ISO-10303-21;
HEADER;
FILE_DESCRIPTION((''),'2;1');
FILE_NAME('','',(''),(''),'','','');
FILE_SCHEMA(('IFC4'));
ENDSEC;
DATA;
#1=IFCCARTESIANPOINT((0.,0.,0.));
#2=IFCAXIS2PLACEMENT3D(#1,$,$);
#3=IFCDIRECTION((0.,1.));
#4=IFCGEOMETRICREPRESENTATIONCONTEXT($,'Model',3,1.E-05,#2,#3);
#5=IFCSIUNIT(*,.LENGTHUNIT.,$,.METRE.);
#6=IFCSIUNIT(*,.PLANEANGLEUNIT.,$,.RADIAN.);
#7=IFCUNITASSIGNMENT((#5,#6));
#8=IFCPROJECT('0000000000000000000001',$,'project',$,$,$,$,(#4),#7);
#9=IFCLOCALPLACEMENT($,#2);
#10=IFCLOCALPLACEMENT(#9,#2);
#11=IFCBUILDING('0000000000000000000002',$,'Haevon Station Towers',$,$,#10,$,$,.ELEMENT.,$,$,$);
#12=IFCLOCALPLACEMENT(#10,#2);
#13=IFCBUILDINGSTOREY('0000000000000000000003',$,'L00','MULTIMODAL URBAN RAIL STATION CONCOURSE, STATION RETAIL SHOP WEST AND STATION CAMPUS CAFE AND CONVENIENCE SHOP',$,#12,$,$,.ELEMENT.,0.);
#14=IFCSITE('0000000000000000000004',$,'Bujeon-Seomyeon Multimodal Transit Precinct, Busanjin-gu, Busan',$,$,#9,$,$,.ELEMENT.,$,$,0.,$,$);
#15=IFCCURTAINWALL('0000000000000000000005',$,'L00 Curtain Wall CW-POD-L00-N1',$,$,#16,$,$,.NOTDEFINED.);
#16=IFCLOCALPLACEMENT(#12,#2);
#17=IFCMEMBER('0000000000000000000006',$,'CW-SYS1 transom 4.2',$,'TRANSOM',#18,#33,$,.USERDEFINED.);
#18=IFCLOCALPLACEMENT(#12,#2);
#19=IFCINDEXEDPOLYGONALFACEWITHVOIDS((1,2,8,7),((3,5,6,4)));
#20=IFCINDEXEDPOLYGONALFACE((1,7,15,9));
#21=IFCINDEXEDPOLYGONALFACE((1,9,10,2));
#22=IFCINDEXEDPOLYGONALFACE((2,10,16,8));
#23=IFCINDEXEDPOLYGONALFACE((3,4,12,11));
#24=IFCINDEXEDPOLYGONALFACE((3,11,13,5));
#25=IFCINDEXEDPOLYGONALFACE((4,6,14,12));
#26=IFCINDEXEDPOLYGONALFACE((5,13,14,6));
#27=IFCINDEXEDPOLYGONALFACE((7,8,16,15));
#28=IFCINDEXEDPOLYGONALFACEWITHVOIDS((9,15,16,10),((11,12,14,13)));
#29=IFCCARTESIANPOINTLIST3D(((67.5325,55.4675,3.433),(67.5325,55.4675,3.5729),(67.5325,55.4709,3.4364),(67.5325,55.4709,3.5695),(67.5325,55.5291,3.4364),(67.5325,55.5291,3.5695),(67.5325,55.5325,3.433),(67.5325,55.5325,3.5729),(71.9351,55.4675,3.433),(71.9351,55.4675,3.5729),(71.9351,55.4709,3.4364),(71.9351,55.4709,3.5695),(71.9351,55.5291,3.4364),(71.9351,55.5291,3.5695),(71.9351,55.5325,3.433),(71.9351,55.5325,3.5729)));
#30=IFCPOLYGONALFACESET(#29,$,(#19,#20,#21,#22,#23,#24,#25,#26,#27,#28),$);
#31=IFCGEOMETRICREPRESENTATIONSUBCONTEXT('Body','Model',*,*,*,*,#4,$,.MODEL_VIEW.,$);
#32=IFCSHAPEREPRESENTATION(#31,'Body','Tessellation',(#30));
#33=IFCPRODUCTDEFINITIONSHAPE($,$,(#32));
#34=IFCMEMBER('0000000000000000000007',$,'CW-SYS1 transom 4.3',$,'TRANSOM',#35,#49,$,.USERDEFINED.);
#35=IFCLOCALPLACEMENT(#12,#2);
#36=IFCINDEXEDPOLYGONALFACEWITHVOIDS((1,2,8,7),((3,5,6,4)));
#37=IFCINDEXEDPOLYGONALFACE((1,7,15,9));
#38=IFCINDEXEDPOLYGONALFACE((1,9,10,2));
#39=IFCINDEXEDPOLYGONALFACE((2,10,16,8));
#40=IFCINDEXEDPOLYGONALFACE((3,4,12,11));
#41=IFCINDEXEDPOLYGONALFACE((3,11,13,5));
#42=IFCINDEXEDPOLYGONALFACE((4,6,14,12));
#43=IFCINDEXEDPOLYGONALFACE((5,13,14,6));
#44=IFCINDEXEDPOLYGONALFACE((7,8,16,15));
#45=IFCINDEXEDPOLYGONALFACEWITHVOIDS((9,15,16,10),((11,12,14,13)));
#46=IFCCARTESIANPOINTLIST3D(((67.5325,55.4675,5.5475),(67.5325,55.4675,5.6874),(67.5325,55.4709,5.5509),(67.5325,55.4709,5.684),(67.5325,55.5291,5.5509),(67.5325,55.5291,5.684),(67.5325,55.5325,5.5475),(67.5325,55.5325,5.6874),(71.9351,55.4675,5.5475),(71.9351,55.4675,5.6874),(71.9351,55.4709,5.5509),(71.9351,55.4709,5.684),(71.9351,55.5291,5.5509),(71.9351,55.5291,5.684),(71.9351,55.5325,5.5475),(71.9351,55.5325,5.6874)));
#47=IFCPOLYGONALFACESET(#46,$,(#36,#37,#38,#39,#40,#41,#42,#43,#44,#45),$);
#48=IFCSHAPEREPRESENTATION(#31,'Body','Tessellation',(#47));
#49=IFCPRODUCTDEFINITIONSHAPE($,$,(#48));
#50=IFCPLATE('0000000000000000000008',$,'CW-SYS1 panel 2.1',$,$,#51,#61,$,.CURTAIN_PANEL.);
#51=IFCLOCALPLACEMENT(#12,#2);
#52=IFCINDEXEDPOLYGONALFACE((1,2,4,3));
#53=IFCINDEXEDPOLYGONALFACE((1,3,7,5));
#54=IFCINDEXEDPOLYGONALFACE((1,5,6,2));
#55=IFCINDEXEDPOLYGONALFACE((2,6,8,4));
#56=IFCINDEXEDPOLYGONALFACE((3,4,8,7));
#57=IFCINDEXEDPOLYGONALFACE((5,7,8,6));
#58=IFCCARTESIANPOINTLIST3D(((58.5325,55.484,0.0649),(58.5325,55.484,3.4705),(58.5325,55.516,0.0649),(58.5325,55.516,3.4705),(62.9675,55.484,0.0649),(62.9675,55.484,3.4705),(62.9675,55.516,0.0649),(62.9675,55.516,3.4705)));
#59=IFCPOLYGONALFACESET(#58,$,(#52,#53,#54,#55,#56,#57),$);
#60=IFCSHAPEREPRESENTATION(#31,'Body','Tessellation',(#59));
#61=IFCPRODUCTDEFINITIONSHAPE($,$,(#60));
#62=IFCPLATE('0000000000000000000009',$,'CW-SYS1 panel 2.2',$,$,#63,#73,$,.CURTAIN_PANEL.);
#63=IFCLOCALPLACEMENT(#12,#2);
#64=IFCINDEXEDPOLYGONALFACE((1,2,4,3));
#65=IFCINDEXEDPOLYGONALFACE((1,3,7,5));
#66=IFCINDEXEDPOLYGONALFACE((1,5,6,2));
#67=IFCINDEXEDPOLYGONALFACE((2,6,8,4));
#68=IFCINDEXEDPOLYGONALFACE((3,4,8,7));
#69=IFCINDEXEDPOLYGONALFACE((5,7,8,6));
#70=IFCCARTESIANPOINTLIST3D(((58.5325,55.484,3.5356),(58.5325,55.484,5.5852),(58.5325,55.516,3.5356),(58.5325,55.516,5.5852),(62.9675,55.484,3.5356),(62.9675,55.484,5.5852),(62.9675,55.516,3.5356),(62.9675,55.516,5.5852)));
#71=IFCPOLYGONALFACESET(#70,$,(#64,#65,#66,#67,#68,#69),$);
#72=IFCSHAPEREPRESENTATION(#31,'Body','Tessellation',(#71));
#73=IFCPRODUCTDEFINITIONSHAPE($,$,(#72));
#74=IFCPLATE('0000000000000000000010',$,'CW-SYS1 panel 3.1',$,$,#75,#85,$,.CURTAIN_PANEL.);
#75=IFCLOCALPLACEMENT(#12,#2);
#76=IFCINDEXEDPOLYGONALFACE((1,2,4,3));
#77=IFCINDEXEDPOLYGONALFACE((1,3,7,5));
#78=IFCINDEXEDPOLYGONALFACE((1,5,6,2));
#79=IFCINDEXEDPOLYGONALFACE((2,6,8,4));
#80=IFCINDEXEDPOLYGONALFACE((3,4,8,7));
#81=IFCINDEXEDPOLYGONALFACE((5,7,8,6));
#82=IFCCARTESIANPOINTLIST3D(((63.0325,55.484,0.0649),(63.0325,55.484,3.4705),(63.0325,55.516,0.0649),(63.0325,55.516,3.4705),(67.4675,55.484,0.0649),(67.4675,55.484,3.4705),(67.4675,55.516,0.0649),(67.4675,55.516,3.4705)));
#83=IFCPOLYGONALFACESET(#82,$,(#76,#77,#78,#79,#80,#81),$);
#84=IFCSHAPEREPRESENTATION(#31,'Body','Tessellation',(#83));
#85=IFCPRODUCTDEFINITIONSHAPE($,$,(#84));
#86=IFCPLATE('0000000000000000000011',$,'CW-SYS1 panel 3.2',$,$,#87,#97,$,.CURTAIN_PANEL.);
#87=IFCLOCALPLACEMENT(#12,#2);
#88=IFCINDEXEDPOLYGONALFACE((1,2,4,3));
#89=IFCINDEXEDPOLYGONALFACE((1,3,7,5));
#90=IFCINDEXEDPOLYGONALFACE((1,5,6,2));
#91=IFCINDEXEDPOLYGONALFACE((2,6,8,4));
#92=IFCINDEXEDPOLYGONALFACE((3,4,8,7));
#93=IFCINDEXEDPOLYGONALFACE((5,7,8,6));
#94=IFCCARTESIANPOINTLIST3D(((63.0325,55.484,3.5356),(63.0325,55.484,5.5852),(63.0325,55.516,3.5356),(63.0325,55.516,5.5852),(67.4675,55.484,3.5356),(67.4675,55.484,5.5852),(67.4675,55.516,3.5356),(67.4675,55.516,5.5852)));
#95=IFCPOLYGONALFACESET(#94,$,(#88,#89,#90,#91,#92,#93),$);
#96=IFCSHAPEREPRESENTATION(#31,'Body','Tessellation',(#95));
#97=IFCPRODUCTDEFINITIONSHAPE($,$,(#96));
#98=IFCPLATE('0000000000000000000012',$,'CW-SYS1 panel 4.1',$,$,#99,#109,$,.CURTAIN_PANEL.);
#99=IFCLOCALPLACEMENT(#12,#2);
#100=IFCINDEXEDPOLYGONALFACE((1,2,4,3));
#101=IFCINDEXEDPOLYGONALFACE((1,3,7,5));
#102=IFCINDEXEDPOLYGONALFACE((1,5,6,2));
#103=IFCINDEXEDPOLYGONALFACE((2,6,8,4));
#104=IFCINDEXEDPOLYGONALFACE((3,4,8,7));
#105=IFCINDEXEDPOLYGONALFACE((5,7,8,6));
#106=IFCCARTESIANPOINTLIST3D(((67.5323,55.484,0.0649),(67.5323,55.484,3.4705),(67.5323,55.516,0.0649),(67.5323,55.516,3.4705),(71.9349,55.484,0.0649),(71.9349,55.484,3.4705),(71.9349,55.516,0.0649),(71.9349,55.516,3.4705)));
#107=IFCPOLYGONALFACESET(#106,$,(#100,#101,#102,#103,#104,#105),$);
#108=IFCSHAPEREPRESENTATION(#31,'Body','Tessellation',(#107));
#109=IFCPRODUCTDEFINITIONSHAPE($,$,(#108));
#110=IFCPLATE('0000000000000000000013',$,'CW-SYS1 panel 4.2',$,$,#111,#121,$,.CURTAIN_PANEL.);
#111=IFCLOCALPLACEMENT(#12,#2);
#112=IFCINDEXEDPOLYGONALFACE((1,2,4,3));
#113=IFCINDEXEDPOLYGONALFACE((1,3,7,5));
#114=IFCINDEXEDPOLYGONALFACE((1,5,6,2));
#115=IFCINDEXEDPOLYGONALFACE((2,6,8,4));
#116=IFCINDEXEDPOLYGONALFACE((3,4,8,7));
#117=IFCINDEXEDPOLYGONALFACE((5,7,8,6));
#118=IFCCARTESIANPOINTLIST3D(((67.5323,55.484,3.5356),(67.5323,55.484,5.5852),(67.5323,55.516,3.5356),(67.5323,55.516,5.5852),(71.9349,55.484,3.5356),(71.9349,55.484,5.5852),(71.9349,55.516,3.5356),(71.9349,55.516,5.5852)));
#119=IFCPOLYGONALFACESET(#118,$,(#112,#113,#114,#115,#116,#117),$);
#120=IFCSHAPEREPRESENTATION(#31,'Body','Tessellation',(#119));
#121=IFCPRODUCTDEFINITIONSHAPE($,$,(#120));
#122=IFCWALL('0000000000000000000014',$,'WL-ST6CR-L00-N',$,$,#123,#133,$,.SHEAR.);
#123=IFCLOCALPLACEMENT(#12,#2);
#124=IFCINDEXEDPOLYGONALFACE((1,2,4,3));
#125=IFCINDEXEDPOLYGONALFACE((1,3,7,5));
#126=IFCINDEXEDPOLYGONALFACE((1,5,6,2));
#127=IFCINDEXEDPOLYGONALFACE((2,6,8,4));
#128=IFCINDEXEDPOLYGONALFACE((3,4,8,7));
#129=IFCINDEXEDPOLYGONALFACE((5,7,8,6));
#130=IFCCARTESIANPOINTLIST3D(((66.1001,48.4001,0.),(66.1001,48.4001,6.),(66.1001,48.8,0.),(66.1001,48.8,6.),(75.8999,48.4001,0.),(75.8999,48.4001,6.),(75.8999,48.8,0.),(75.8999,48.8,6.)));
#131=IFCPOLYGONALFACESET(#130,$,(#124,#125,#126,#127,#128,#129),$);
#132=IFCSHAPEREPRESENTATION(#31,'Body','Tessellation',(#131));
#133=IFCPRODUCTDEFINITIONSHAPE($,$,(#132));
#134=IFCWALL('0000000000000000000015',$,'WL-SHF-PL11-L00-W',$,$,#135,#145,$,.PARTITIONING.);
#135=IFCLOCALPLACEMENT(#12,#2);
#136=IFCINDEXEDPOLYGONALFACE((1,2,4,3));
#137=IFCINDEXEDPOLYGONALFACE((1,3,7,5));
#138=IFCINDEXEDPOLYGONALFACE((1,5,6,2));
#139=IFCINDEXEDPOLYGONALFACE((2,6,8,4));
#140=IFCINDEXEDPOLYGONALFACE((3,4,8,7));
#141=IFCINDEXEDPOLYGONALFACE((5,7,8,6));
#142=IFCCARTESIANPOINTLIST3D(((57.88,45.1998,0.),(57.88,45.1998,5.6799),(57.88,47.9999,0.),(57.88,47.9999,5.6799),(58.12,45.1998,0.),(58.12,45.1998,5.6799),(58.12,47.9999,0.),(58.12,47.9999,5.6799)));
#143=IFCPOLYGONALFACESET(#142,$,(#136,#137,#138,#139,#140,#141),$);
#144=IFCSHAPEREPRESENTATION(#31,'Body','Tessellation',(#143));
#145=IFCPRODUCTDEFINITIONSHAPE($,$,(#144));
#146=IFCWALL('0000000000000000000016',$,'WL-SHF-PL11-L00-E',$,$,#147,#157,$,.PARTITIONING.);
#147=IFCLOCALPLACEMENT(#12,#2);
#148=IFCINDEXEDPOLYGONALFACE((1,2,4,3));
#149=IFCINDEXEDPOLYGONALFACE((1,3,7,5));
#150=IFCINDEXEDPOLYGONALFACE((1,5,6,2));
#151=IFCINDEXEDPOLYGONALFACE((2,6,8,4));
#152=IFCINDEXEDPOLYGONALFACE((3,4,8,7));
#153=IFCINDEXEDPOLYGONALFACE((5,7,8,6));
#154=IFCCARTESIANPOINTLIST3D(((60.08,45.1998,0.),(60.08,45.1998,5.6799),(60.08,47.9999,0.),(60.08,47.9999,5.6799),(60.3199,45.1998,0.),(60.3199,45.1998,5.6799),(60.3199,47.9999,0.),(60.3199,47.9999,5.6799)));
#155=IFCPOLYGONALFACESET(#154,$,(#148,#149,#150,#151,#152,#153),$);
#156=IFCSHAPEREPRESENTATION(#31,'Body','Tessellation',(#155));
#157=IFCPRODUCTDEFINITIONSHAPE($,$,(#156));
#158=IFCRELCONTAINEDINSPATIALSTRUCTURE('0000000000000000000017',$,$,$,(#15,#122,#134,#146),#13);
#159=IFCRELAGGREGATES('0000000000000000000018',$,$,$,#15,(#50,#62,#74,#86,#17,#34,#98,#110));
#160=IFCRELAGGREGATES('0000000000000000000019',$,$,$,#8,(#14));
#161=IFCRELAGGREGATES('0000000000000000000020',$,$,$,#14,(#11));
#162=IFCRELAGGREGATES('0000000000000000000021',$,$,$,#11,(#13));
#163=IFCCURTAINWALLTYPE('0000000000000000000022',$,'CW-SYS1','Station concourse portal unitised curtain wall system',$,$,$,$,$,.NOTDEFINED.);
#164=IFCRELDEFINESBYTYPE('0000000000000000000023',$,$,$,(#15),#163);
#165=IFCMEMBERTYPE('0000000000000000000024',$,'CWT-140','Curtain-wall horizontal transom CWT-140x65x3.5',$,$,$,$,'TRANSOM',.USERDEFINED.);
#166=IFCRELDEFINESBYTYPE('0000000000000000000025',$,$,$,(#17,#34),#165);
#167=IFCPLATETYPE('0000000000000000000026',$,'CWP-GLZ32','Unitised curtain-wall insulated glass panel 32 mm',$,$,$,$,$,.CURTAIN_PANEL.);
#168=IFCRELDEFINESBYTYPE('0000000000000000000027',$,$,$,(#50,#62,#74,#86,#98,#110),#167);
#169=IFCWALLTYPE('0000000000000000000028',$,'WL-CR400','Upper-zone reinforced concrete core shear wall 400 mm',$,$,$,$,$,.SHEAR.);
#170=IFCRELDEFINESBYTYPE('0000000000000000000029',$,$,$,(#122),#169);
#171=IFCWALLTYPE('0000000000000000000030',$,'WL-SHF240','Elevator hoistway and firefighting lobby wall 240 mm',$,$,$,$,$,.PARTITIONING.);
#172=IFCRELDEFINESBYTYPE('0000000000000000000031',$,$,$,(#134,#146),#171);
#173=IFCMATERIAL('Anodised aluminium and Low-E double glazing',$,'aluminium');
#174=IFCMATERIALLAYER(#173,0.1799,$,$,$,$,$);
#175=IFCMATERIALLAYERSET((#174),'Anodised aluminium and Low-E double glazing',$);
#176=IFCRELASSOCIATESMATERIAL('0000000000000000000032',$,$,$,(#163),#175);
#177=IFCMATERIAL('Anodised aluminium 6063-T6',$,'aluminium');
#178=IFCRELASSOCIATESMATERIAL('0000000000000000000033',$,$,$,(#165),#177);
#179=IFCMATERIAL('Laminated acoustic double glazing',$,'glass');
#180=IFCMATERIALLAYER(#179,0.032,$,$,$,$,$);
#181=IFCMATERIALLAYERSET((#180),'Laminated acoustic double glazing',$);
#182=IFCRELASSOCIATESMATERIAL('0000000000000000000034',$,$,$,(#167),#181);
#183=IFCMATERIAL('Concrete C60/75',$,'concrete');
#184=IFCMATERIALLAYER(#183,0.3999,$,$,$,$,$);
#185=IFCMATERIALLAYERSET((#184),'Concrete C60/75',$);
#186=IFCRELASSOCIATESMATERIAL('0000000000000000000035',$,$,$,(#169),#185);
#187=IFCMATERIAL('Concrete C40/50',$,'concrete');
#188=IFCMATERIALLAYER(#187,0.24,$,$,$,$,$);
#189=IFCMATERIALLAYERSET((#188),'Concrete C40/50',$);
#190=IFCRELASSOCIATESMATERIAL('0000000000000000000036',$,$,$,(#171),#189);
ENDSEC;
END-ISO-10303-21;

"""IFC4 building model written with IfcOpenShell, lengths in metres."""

from ifc_helpers import new_model, si_unit, direction, frame, frame_2d, origin, origin_2d, place, context, subcontext, project, spatial, rectangle, hollow_rectangle, extrude, material, layer, layer_set, material_profile, profile_set, type_object, element, aggregate, save


model = new_model("IFC4")

# Units and contexts
model_context = context("Model", 3, precision=1e-05, world=origin(), true_north=direction((0.0, 1.0)))
body_context = subcontext(model_context, "Body", "Model", "MODEL_VIEW")
ifc_project = project(units=[si_unit("LENGTHUNIT", "METRE"), si_unit("PLANEANGLEUNIT", "RADIAN")], contexts=[model_context])

# Site, building, storey
site_placement = place(None, origin())
site = spatial("IfcSite", under=ifc_project, at=site_placement, Name="Bujeon-Seomyeon Multimodal Transit Precinct, Busanjin-gu, Busan", CompositionType="ELEMENT", RefElevation=0.0)
building_placement = place(site_placement, origin())
building = spatial("IfcBuilding", under=site, at=building_placement, Name="Haevon Station Towers", CompositionType="ELEMENT")
storey_placement = place(building_placement, origin())
storey = spatial("IfcBuildingStorey", under=building, at=storey_placement, Name="L00", Description="MULTIMODAL URBAN RAIL STATION CONCOURSE, STATION RETAIL SHOP WEST AND STATION CAMPUS CAFE AND CONVENIENCE SHOP", CompositionType="ELEMENT", Elevation=0.0)

# Curtain wall, members, plates
ifc_material_1 = material(Name="Anodised aluminium and Low-E double glazing", Category="aluminium")
ifc_layer_1 = layer(ifc_material_1, 0.1799)
ifc_layer_set_1 = layer_set([ifc_layer_1], Name="Anodised aluminium and Low-E double glazing")
curtain_wall_type = type_object("IfcCurtainWallType", Name="CW-SYS1", Description="Station concourse portal unitised curtain wall system", PredefinedType="NOTDEFINED", material=ifc_layer_set_1)
curtain_wall_placement = place(storey_placement, origin())
curtain_wall = element("IfcCurtainWall", 1, at=curtain_wall_placement, inside=storey, type_object=curtain_wall_type, Name="L00 Curtain Wall CW-POD-L00-N1", PredefinedType="NOTDEFINED")
ifc_material_2 = material(Name="Anodised aluminium 6063-T6", Category="aluminium")
ifc_material_profile_1 = material_profile(ifc_material_2, hollow_rectangle(XDim=0.0649, YDim=0.1399, WallThickness=0.0034, at=origin_2d()), Name="CWT-140x65x3.5")
ifc_profile_set_1 = profile_set([ifc_material_profile_1], Name="Anodised aluminium 6063-T6")
member_type_1 = type_object("IfcMemberType", Name="CWT-140", Description="Curtain-wall horizontal transom CWT-140x65x3.5", ElementType="TRANSOM", PredefinedType="USERDEFINED", material=ifc_profile_set_1)
member_1_placement = place(storey_placement, frame((67.5325, 55.5, 3.5029), z_axis=(1.0, 0.0, 0.0), x_axis=(0.0, 1.0, 0.0)))
member_1 = element("IfcMember", 2, at=member_1_placement, type_object=member_type_1, Name="CW-SYS1 transom 4.2", ObjectType="TRANSOM", PredefinedType="USERDEFINED", context=body_context, shape_type="SweptSolid", body=[
    extrude(hollow_rectangle(XDim=0.0649, YDim=0.1399, WallThickness=0.0034, at=origin_2d()), origin(), (0.0, 0.0, 1.0), 4.4026),
])
member_2_placement = place(storey_placement, frame((67.5325, 55.5, 5.6174), z_axis=(1.0, 0.0, 0.0), x_axis=(0.0, 1.0, 0.0)))
member_2 = element("IfcMember", 3, at=member_2_placement, type_object=member_type_1, Name="CW-SYS1 transom 4.3", ObjectType="TRANSOM", PredefinedType="USERDEFINED", context=body_context, shape_type="SweptSolid", body=[
    extrude(hollow_rectangle(XDim=0.0649, YDim=0.1399, WallThickness=0.0034, at=origin_2d()), origin(), (0.0, 0.0, 1.0), 4.4026),
])
ifc_material_3 = material(Name="Laminated acoustic double glazing", Category="glass")
ifc_layer_2 = layer(ifc_material_3, 0.032)
ifc_layer_set_2 = layer_set([ifc_layer_2], Name="Laminated acoustic double glazing")
plate_type = type_object("IfcPlateType", Name="CWP-GLZ32", Description="Unitised curtain-wall insulated glass panel 32 mm", PredefinedType="CURTAIN_PANEL", material=ifc_layer_set_2)
plate_1_placement = place(storey_placement, frame((60.75, 55.5, 0.0649), z_axis=(0.0, 0.0, 1.0), x_axis=(1.0, 0.0, 0.0)))
plate_1 = element("IfcPlate", 4, at=plate_1_placement, type_object=plate_type, Name="CW-SYS1 panel 2.1", PredefinedType="CURTAIN_PANEL", context=body_context, shape_type="SweptSolid", body=[
    extrude(rectangle(XDim=4.4351, YDim=0.032, at=origin_2d()), origin(), (0.0, 0.0, 1.0), 3.4055),
])
plate_2_placement = place(storey_placement, frame((60.75, 55.5, 3.5356), z_axis=(0.0, 0.0, 1.0), x_axis=(1.0, 0.0, 0.0)))
plate_2 = element("IfcPlate", 5, at=plate_2_placement, type_object=plate_type, Name="CW-SYS1 panel 2.2", PredefinedType="CURTAIN_PANEL", context=body_context, shape_type="SweptSolid", body=[
    extrude(rectangle(XDim=4.4351, YDim=0.032, at=origin_2d()), origin(), (0.0, 0.0, 1.0), 2.0496),
])
plate_3_placement = place(storey_placement, frame((65.25, 55.5, 0.0649), z_axis=(0.0, 0.0, 1.0), x_axis=(1.0, 0.0, 0.0)))
plate_3 = element("IfcPlate", 6, at=plate_3_placement, type_object=plate_type, Name="CW-SYS1 panel 3.1", PredefinedType="CURTAIN_PANEL", context=body_context, shape_type="SweptSolid", body=[
    extrude(rectangle(XDim=4.4351, YDim=0.032, at=origin_2d()), origin(), (0.0, 0.0, 1.0), 3.4055),
])
plate_4_placement = place(storey_placement, frame((65.25, 55.5, 3.5356), z_axis=(0.0, 0.0, 1.0), x_axis=(1.0, 0.0, 0.0)))
plate_4 = element("IfcPlate", 7, at=plate_4_placement, type_object=plate_type, Name="CW-SYS1 panel 3.2", PredefinedType="CURTAIN_PANEL", context=body_context, shape_type="SweptSolid", body=[
    extrude(rectangle(XDim=4.4351, YDim=0.032, at=origin_2d()), origin(), (0.0, 0.0, 1.0), 2.0496),
])
plate_5_placement = place(storey_placement, frame((69.7336, 55.5, 0.0649), z_axis=(0.0, 0.0, 1.0), x_axis=(1.0, 0.0, 0.0)))
plate_5 = element("IfcPlate", 8, at=plate_5_placement, type_object=plate_type, Name="CW-SYS1 panel 4.1", PredefinedType="CURTAIN_PANEL", context=body_context, shape_type="SweptSolid", body=[
    extrude(rectangle(XDim=4.4026, YDim=0.032, at=origin_2d()), origin(), (0.0, 0.0, 1.0), 3.4055),
])
plate_6_placement = place(storey_placement, frame((69.7336, 55.5, 3.5356), z_axis=(0.0, 0.0, 1.0), x_axis=(1.0, 0.0, 0.0)))
plate_6 = element("IfcPlate", 9, at=plate_6_placement, type_object=plate_type, Name="CW-SYS1 panel 4.2", PredefinedType="CURTAIN_PANEL", context=body_context, shape_type="SweptSolid", body=[
    extrude(rectangle(XDim=4.4026, YDim=0.032, at=origin_2d()), origin(), (0.0, 0.0, 1.0), 2.0496),
])
aggregate(curtain_wall, [plate_1, plate_2, plate_3, plate_4, member_1, member_2, plate_5, plate_6])

# Walls
ifc_material_4 = material(Name="Concrete C60/75", Category="concrete")
ifc_layer_3 = layer(ifc_material_4, 0.3999)
ifc_layer_set_3 = layer_set([ifc_layer_3], Name="Concrete C60/75")
wall_type_1 = type_object("IfcWallType", Name="WL-CR400", Description="Upper-zone reinforced concrete core shear wall 400 mm", PredefinedType="SHEAR", material=ifc_layer_set_3)
wall_placement = place(storey_placement, frame((66.1001, 48.6001, 0.0), z_axis=(0.0, 0.0, 1.0), x_axis=(1.0, 0.0, 0.0)))
element("IfcWall", 10, at=wall_placement, inside=storey, type_object=wall_type_1, Name="WL-ST6CR-L00-N", PredefinedType="SHEAR", context=body_context, shape_type="SweptSolid", body=[
    extrude(rectangle(XDim=9.7998, YDim=0.3999, at=frame_2d((4.8999, 0.0))), origin(), (0.0, 0.0, 1.0), 6.0),
])
ifc_material_5 = material(Name="Concrete C40/50", Category="concrete")
ifc_layer_4 = layer(ifc_material_5, 0.24)
ifc_layer_set_4 = layer_set([ifc_layer_4], Name="Concrete C40/50")
wall_type_2 = type_object("IfcWallType", Name="WL-SHF240", Description="Elevator hoistway and firefighting lobby wall 240 mm", PredefinedType="PARTITIONING", material=ifc_layer_set_4)
for number, where, z_axis, x_axis, name in (
    (11, (58.0, 45.2, 0.0), (0.0, 0.0, 1.0), (0.0, 1.0, 0.0), "WL-SHF-PL11-L00-W"),
    (12, (60.2, 45.2, 0.0), (0.0, 0.0, 1.0), (0.0, 1.0, 0.0), "WL-SHF-PL11-L00-E"),
):
    element("IfcWall", number, at=place(storey_placement, frame(where, z_axis=z_axis, x_axis=x_axis)), inside=storey, type_object=wall_type_2, Name=name, PredefinedType="PARTITIONING", context=body_context, shape_type="SweptSolid", body=[
        extrude(rectangle(XDim=2.8, YDim=0.24, at=frame_2d((1.3999, 0.0))), origin(), (0.0, 0.0, 1.0), 5.6799),
    ])

save(model, "model.ifc")
